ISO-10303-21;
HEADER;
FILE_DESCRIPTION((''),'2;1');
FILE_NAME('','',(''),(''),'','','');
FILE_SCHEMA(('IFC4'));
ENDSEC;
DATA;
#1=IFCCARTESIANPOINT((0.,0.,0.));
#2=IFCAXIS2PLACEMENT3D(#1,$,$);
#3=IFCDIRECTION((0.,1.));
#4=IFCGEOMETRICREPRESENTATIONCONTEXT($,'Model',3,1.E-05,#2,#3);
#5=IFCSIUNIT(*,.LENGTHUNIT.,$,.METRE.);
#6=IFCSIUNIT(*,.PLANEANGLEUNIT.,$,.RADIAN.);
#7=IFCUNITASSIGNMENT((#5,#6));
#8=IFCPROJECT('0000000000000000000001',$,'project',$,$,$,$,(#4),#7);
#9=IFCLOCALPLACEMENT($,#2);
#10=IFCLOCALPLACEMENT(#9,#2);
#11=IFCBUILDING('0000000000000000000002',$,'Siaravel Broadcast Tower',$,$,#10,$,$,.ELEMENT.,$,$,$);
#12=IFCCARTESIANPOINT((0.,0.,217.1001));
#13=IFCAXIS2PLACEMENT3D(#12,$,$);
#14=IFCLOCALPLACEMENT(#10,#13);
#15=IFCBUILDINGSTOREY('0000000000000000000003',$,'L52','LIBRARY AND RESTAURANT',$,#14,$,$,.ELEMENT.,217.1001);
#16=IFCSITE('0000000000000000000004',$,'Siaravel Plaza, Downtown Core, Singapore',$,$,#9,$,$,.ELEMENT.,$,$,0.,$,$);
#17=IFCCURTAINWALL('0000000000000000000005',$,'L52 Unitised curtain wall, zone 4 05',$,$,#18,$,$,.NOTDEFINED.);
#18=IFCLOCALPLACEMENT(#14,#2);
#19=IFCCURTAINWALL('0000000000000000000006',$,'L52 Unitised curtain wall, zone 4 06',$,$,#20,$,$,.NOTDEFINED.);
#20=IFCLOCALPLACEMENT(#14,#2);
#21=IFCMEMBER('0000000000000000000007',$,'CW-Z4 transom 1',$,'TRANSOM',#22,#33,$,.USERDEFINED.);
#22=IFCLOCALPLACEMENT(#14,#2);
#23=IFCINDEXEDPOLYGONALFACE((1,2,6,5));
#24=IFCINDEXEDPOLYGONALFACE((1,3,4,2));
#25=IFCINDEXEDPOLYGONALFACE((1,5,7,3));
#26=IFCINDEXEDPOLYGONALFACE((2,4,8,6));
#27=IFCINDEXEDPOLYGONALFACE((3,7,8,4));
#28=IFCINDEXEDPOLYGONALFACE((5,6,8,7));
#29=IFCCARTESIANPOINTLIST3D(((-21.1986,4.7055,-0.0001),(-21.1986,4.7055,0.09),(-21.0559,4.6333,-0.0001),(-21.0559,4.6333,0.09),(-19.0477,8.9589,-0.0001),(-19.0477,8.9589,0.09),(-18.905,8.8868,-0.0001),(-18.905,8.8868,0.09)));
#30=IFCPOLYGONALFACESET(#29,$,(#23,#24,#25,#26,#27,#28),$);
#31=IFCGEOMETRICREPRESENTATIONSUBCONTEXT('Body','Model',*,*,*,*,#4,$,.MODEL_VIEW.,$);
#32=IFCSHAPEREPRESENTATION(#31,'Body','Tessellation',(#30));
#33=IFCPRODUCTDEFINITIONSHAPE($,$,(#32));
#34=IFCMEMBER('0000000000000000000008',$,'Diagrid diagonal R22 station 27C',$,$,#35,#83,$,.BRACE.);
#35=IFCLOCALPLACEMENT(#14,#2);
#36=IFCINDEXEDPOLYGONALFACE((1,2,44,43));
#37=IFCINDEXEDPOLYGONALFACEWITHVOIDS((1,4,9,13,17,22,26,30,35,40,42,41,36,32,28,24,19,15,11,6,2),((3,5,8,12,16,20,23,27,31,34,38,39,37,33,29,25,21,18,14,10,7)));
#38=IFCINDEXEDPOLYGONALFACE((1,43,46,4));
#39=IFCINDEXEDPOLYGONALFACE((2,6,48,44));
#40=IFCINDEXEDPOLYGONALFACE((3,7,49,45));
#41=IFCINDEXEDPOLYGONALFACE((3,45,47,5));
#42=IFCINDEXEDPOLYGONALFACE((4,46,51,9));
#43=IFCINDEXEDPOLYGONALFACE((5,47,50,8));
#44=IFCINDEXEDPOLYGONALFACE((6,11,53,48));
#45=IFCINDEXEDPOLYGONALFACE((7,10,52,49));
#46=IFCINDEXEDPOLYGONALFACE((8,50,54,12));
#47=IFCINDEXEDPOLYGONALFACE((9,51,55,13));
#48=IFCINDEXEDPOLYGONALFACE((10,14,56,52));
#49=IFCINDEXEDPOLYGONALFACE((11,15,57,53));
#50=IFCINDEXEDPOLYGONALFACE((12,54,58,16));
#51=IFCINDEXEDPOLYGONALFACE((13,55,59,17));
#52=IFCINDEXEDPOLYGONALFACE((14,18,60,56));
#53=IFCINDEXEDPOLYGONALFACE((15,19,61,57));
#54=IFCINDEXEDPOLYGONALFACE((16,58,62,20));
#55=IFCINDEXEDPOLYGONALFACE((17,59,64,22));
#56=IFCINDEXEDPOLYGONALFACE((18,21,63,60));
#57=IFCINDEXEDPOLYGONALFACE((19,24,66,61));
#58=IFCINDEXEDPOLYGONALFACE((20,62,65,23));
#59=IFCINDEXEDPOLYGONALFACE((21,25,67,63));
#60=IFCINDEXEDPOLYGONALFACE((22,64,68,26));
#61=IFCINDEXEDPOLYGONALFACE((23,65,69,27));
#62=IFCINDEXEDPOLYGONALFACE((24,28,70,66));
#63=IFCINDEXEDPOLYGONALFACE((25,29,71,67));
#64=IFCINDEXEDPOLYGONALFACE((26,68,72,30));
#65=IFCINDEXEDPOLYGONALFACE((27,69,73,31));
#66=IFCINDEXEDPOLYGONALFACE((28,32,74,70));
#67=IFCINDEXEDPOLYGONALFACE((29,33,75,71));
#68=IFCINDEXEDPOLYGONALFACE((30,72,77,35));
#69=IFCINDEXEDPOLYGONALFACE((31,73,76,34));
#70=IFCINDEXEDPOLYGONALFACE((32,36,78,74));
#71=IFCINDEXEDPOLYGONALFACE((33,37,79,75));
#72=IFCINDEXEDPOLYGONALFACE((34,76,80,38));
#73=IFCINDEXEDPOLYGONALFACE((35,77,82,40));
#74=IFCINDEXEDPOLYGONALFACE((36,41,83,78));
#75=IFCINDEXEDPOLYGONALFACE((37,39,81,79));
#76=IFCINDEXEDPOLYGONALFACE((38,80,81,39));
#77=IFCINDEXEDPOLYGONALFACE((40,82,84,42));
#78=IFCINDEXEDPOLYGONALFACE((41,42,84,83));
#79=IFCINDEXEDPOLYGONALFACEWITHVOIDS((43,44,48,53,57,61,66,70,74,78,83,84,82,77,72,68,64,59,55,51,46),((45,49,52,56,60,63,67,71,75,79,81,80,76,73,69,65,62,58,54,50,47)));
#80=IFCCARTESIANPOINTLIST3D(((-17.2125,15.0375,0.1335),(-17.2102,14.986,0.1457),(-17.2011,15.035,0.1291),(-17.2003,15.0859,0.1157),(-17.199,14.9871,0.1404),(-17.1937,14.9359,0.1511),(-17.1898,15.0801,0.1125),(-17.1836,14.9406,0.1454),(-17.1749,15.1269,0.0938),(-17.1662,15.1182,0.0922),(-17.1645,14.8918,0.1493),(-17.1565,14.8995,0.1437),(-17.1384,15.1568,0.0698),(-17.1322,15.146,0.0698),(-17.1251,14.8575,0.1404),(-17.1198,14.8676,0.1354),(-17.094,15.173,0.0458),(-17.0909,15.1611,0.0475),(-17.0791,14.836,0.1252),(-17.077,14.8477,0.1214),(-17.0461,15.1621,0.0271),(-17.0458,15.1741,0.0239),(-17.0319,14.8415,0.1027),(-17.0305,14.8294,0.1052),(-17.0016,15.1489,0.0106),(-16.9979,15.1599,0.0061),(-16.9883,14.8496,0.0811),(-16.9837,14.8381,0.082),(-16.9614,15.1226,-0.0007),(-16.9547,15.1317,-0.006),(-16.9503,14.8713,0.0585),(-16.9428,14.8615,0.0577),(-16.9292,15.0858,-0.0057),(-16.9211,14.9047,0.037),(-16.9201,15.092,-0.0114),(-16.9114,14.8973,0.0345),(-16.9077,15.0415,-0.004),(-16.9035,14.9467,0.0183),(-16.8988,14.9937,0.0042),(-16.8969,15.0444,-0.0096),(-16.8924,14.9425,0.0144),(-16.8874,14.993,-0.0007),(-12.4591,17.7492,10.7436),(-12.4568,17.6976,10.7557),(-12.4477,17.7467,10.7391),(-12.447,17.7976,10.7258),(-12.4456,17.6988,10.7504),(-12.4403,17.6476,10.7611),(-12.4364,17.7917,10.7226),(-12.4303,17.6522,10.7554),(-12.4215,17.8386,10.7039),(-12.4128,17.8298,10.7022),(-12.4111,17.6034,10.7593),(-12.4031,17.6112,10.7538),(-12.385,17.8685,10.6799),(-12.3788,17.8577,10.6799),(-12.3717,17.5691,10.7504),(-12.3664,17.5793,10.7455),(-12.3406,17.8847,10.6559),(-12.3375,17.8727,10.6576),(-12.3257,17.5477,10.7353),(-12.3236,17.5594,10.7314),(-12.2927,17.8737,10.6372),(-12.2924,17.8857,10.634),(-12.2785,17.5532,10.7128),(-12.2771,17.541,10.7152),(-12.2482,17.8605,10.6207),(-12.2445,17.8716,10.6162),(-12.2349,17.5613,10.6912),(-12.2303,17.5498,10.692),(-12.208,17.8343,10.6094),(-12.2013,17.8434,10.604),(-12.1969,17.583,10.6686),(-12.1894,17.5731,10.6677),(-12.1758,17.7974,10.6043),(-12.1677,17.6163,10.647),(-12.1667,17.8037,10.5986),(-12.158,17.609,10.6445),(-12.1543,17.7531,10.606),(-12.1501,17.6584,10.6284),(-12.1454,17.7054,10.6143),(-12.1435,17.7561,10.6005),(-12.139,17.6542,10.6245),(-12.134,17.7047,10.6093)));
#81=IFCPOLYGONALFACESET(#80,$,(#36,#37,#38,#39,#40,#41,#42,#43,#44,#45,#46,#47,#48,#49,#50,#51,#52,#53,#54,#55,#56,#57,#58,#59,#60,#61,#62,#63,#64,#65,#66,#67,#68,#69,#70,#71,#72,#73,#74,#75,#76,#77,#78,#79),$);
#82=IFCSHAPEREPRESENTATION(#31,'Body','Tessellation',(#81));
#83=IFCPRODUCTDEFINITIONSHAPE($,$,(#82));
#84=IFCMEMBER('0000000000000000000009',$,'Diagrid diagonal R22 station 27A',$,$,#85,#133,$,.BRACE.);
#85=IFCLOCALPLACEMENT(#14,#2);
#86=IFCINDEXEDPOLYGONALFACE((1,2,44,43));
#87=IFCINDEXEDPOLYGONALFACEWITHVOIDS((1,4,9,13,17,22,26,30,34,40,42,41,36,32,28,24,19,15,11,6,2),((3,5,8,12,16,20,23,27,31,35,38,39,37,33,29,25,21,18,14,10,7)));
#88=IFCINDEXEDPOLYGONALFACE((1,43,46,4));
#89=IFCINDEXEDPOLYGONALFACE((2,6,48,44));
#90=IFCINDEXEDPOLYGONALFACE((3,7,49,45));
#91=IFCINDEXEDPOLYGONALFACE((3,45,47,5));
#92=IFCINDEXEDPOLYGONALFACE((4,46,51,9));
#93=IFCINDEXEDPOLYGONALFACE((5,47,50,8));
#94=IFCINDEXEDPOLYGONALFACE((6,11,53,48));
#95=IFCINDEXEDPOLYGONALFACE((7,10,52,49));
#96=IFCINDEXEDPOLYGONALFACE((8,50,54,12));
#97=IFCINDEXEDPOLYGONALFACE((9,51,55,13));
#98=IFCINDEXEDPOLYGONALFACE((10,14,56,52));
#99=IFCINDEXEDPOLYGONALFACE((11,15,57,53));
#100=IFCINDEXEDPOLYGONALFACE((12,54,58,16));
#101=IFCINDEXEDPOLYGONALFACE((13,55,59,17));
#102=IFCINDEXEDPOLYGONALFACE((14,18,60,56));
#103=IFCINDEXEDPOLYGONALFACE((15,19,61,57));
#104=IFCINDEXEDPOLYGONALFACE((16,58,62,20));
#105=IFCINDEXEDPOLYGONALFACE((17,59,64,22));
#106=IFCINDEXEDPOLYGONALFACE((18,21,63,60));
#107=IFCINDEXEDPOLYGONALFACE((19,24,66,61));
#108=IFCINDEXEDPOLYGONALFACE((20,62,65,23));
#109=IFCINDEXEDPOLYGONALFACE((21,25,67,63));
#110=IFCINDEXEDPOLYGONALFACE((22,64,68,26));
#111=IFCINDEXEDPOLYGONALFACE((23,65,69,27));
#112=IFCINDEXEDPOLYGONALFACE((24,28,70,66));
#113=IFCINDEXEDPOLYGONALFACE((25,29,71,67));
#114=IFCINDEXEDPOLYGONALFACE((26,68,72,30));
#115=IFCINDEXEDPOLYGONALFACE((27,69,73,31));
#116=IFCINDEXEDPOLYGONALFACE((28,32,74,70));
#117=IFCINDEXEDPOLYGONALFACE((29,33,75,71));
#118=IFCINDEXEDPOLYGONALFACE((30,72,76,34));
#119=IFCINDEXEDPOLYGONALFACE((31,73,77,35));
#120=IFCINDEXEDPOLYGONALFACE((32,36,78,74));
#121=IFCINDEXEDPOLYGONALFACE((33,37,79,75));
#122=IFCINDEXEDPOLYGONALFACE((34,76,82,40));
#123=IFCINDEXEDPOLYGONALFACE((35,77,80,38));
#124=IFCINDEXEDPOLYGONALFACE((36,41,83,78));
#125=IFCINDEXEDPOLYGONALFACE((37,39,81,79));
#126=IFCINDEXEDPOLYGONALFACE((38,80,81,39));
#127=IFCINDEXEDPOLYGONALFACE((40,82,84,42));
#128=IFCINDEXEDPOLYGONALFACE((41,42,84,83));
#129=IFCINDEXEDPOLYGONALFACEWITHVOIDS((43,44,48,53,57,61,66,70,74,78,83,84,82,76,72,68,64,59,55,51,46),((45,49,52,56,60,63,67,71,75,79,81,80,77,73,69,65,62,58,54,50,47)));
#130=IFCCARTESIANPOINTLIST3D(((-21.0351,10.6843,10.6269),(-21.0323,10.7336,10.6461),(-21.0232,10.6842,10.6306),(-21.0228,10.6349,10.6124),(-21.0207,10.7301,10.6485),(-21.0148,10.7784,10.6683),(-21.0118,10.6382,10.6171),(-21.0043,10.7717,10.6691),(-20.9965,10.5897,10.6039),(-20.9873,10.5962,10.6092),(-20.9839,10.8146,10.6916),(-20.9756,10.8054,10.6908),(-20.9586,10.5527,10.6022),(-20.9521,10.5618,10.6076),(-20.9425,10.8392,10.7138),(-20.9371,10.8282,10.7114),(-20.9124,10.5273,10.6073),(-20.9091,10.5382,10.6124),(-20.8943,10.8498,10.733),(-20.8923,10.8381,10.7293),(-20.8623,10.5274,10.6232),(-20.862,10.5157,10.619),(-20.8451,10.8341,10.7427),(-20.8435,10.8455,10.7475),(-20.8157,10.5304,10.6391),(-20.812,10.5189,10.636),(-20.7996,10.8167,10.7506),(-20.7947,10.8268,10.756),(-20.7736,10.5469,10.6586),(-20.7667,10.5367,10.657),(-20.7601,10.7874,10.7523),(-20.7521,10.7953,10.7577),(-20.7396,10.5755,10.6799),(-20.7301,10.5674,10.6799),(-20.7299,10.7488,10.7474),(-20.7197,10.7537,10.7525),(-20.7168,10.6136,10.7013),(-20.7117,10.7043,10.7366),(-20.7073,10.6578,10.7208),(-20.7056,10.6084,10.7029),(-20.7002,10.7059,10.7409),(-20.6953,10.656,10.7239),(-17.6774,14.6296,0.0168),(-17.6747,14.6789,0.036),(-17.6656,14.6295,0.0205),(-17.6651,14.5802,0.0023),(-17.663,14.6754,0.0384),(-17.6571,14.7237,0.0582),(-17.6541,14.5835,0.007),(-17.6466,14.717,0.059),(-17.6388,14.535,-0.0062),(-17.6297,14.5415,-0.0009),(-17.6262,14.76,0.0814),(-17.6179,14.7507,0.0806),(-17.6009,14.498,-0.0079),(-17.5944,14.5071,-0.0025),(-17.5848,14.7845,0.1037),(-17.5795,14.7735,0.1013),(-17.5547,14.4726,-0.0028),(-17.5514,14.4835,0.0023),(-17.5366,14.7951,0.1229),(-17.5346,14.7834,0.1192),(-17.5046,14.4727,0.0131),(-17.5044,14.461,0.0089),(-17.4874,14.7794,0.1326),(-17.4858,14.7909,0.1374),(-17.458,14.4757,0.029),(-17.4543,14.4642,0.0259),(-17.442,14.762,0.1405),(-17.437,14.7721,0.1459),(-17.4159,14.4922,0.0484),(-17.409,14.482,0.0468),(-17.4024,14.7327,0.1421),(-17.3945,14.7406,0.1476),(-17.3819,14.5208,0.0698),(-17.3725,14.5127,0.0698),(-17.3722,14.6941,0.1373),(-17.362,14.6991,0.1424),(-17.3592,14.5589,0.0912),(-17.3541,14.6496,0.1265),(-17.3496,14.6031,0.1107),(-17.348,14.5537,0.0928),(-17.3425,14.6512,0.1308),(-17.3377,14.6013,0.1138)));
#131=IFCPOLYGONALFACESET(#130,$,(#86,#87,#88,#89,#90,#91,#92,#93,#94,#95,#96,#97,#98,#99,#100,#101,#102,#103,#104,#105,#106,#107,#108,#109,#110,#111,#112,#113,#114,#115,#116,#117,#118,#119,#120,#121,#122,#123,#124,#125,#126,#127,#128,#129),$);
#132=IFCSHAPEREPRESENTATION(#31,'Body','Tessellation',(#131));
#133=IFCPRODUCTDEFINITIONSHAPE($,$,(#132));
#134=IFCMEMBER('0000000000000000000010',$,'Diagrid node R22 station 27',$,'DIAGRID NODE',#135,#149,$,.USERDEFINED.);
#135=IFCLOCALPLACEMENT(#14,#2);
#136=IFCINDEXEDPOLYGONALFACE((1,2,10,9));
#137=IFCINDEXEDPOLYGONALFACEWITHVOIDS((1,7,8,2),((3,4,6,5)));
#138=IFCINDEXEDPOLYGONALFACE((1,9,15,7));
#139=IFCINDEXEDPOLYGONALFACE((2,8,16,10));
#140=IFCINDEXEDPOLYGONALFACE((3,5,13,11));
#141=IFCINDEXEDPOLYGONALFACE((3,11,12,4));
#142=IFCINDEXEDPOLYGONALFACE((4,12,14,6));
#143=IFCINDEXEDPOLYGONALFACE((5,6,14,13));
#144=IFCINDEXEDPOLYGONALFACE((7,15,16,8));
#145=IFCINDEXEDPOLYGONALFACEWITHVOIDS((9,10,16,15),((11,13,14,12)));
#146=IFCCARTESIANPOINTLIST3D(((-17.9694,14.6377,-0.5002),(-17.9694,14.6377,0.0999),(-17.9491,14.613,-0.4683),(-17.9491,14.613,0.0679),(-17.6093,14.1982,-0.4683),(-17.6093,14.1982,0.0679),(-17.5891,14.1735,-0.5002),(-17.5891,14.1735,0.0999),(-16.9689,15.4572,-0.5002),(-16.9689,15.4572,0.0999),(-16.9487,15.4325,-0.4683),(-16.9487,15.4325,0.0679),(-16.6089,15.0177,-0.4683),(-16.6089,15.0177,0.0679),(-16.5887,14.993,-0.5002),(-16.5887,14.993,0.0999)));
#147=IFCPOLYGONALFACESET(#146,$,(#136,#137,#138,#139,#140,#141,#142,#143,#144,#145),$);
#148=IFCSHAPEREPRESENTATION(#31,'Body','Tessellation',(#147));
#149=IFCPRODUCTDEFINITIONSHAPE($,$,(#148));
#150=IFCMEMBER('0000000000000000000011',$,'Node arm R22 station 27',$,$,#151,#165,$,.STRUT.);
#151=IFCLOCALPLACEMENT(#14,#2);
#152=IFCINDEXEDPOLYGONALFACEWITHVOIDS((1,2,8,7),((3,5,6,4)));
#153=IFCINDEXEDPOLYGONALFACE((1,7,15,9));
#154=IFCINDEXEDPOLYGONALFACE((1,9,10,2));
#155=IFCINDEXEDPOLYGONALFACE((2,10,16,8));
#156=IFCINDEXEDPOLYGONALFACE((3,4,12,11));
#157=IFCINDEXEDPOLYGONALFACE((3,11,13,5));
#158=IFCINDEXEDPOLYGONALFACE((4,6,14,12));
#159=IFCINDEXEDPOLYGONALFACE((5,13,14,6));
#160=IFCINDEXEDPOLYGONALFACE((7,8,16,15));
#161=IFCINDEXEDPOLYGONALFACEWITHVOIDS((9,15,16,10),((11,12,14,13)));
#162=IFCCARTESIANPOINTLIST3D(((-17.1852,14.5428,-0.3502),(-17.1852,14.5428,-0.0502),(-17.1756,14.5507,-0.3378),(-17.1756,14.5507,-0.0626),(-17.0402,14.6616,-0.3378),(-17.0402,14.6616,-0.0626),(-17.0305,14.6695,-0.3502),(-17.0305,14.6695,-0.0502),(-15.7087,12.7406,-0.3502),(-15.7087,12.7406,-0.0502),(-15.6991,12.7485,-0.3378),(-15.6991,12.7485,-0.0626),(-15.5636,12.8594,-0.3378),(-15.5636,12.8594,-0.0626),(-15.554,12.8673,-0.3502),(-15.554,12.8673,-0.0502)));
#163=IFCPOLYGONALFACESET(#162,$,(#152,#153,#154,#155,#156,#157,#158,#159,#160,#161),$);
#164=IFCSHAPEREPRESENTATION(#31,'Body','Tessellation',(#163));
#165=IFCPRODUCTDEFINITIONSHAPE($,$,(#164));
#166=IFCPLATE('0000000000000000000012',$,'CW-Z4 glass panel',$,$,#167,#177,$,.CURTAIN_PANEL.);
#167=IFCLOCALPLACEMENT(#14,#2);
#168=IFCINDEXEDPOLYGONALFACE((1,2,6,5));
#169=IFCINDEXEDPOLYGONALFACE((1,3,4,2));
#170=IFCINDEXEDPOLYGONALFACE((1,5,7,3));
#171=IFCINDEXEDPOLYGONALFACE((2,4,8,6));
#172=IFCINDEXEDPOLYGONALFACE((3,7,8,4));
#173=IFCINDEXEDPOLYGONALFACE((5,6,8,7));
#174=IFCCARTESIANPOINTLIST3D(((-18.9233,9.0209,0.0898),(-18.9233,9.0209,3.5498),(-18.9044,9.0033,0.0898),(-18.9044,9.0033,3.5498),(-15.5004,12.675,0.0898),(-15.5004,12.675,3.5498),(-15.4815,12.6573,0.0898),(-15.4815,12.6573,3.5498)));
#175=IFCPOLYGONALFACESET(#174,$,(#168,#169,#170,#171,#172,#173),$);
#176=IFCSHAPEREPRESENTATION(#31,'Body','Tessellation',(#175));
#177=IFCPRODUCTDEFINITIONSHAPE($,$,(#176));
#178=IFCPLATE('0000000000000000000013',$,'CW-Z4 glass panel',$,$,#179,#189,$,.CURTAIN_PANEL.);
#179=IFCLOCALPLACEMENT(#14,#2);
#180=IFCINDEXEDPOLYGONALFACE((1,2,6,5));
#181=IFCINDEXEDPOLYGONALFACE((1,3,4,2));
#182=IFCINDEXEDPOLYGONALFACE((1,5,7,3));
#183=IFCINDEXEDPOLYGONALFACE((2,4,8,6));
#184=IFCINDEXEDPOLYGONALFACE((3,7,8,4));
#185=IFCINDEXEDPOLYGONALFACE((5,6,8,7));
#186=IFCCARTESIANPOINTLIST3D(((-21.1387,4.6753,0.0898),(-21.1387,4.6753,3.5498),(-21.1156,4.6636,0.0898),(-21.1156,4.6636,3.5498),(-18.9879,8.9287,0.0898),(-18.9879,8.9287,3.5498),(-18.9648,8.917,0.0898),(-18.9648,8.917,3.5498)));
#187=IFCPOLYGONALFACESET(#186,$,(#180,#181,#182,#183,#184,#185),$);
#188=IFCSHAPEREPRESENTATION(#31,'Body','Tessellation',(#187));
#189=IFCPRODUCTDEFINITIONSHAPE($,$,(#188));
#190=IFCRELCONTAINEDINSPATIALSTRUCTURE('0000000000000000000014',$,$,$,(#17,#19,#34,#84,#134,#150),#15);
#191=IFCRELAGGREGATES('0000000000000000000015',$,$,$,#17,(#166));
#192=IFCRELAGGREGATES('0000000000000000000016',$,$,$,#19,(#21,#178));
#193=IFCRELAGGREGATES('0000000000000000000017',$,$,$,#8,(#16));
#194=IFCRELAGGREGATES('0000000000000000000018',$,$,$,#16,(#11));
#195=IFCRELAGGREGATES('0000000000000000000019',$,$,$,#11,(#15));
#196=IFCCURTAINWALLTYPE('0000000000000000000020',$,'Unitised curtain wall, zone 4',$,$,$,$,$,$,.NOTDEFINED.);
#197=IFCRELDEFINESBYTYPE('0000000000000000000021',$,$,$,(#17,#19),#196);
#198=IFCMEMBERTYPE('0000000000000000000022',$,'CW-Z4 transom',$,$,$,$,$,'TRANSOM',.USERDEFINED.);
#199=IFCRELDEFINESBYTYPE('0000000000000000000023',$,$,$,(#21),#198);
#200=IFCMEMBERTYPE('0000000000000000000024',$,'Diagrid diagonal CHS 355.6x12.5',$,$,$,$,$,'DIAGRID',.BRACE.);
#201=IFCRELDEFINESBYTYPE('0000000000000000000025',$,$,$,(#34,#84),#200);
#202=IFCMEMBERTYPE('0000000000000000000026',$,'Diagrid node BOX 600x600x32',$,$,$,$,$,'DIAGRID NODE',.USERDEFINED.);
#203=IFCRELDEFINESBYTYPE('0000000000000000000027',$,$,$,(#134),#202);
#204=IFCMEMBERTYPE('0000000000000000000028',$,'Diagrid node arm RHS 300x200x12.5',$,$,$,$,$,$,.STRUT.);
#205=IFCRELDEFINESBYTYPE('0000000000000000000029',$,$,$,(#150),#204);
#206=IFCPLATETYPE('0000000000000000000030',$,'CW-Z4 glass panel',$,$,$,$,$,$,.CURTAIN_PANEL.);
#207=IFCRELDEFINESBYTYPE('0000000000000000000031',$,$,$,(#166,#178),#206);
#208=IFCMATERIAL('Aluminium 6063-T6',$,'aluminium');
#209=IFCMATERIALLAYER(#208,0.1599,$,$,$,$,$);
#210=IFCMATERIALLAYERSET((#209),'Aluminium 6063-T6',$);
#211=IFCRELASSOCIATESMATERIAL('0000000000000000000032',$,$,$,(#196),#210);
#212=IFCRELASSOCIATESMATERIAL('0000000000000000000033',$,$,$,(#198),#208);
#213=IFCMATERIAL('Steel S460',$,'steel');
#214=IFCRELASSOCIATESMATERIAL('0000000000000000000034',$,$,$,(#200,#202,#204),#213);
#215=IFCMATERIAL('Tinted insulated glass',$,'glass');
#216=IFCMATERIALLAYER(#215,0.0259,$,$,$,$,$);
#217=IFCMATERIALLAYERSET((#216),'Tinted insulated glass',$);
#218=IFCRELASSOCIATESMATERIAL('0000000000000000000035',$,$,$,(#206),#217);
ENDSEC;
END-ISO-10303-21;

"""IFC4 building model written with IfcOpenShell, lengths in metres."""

from ifc_helpers import new_model, si_unit, direction, frame, origin, origin_2d, place, context, subcontext, project, spatial, rectangle, hollow_rectangle, hollow_circle, extrude, material, layer, layer_set, material_profile, profile_set, type_object, element, aggregate, save


model = new_model("IFC4")

# Units and contexts
model_context = context("Model", 3, precision=1e-05, world=origin(), true_north=direction((0.0, 1.0)))
body_context = subcontext(model_context, "Body", "Model", "MODEL_VIEW")
ifc_project = project(units=[si_unit("LENGTHUNIT", "METRE"), si_unit("PLANEANGLEUNIT", "RADIAN")], contexts=[model_context])

# Site, building, storey
site_placement = place(None, origin())
site = spatial("IfcSite", under=ifc_project, at=site_placement, Name="Siaravel Plaza, Downtown Core, Singapore", CompositionType="ELEMENT", RefElevation=0.0)
building_placement = place(site_placement, origin())
building = spatial("IfcBuilding", under=site, at=building_placement, Name="Siaravel Broadcast Tower", CompositionType="ELEMENT")
storey_placement = place(building_placement, frame((0.0, 0.0, 217.1001)))
storey = spatial("IfcBuildingStorey", under=building, at=storey_placement, Name="L52", Description="LIBRARY AND RESTAURANT", CompositionType="ELEMENT", Elevation=217.1001)

# Curtain wall
ifc_material_1 = material(Name="Aluminium 6063-T6", Category="aluminium")
ifc_layer_1 = layer(ifc_material_1, 0.1599)
ifc_layer_set_1 = layer_set([ifc_layer_1], Name="Aluminium 6063-T6")
curtain_wall_type = type_object("IfcCurtainWallType", Name="Unitised curtain wall, zone 4", PredefinedType="NOTDEFINED", material=ifc_layer_set_1)
curtain_wall_1_placement = place(storey_placement, origin())
curtain_wall_1 = element("IfcCurtainWall", 1, at=curtain_wall_1_placement, inside=storey, type_object=curtain_wall_type, Name="L52 Unitised curtain wall, zone 4 05", PredefinedType="NOTDEFINED")

# Curtain wall
curtain_wall_2_placement = place(storey_placement, origin())
curtain_wall_2 = element("IfcCurtainWall", 2, at=curtain_wall_2_placement, inside=storey, type_object=curtain_wall_type, Name="L52 Unitised curtain wall, zone 4 06", PredefinedType="NOTDEFINED")

# Member
ifc_material_profile_1 = material_profile(ifc_material_1, rectangle(XDim=0.1599, YDim=0.0901, at=origin_2d()))
ifc_profile_set_1 = profile_set([ifc_material_profile_1], Name="Aluminium 6063-T6")
member_type_1 = type_object("IfcMemberType", Name="CW-Z4 transom", ElementType="TRANSOM", PredefinedType="USERDEFINED", material=ifc_profile_set_1)
member_1_placement = place(storey_placement, frame((-18.9763, 8.9229, 0.0449), z_axis=(-0.451266, -0.89239, 0.0), x_axis=(0.89239, -0.451266, 0.0)))
member_1 = element("IfcMember", 3, at=member_1_placement, type_object=member_type_1, Name="CW-Z4 transom 1", ObjectType="TRANSOM", PredefinedType="USERDEFINED", context=body_context, shape_type="SweptSolid", body=[
    extrude(rectangle(XDim=0.1599, YDim=0.0901, at=origin_2d()), origin(), (0.0, 0.0, 1.0), 4.7664),
])

# Members
ifc_material_2 = material(Name="Steel S460", Category="steel")
ifc_material_profile_2 = material_profile(ifc_material_2, hollow_circle(Radius=0.1777, WallThickness=0.0125, at=origin_2d()))
ifc_profile_set_2 = profile_set([ifc_material_profile_2], Name="Steel S460")
member_type_2 = type_object("IfcMemberType", Name="Diagrid diagonal CHS 355.6x12.5", ElementType="DIAGRID", PredefinedType="BRACE", material=ifc_profile_set_2)
member_2_placement = place(storey_placement, frame((-17.0503, 15.0024, 0.0698), z_axis=(0.398166, 0.227141, 0.888747), x_axis=(-0.495509, 0.868603, 0.0)))
element("IfcMember", 4, at=member_2_placement, inside=storey, type_object=member_type_2, Name="Diagrid diagonal R22 station 27C", PredefinedType="BRACE", context=body_context, shape_type="SweptSolid", body=[
    extrude(hollow_circle(Radius=0.1777, WallThickness=0.0125, at=origin_2d()), origin(), (0.0, 0.0, 1.0), 11.9382),
])
member_3_placement = place(storey_placement, frame((-17.5078, 14.6279, 0.0698), z_axis=(-0.284371, -0.33414, 0.898601), x_axis=(0.761544, -0.648113, 0.0)))
element("IfcMember", 5, at=member_3_placement, inside=storey, type_object=member_type_2, Name="Diagrid diagonal R22 station 27A", PredefinedType="BRACE", context=body_context, shape_type="SweptSolid", body=[
    extrude(hollow_circle(Radius=0.1777, WallThickness=0.0125, at=origin_2d()), origin(), (0.0, 0.0, 1.0), 11.8074),
])
ifc_material_profile_3 = material_profile(ifc_material_2, hollow_rectangle(XDim=0.6001, YDim=0.6001, WallThickness=0.032, at=origin_2d()))
ifc_profile_set_3 = profile_set([ifc_material_profile_3], Name="Steel S460")
member_type_3 = type_object("IfcMemberType", Name="Diagrid node BOX 600x600x32", ElementType="DIAGRID NODE", PredefinedType="USERDEFINED", material=ifc_profile_set_3)
member_4_placement = place(storey_placement, frame((-16.7788, 15.2251, -0.2002), z_axis=(-0.773579, -0.6337, 0.0), x_axis=(0.6337, -0.773579, 0.0)))
element("IfcMember", 6, at=member_4_placement, inside=storey, type_object=member_type_3, Name="Diagrid node R22 station 27", ObjectType="DIAGRID NODE", PredefinedType="USERDEFINED", context=body_context, shape_type="SweptSolid", body=[
    extrude(hollow_rectangle(XDim=0.6001, YDim=0.6001, WallThickness=0.032, at=origin_2d()), origin(), (0.0, 0.0, 1.0), 1.2932),
])
ifc_material_profile_4 = material_profile(ifc_material_2, hollow_rectangle(XDim=0.2, YDim=0.3, WallThickness=0.0125, at=origin_2d()))
ifc_profile_set_4 = profile_set([ifc_material_profile_4], Name="Steel S460")
member_type_4 = type_object("IfcMemberType", Name="Diagrid node arm RHS 300x200x12.5", PredefinedType="STRUT", material=ifc_profile_set_4)
member_5_placement = place(storey_placement, frame((-15.6313, 12.804, -0.2002), z_axis=(-0.633751, 0.773537, 0.0), x_axis=(-0.773537, -0.633751, 0.0)))
element("IfcMember", 7, at=member_5_placement, inside=storey, type_object=member_type_4, Name="Node arm R22 station 27", PredefinedType="STRUT", context=body_context, shape_type="SweptSolid", body=[
    extrude(hollow_rectangle(XDim=0.2, YDim=0.3, WallThickness=0.0125, at=origin_2d()), origin(), (0.0, 0.0, 1.0), 2.3298),
])

# Plates
ifc_material_3 = material(Name="Tinted insulated glass", Category="glass")
ifc_layer_2 = layer(ifc_material_3, 0.0259)
ifc_layer_set_2 = layer_set([ifc_layer_2], Name="Tinted insulated glass")
plate_type = type_object("IfcPlateType", Name="CW-Z4 glass panel", PredefinedType="CURTAIN_PANEL", material=ifc_layer_set_2)
plate_1_placement = place(storey_placement, frame((-17.2024, 10.8391, 0.0898), z_axis=(0.0, 0.0, 1.0), x_axis=(-0.683654, -0.729806, 0.0)))
plate_1 = element("IfcPlate", 8, at=plate_1_placement, type_object=plate_type, Name="CW-Z4 glass panel", PredefinedType="CURTAIN_PANEL", context=body_context, shape_type="SweptSolid", body=[
    extrude(rectangle(XDim=5.0068, YDim=0.0259, at=origin_2d()), origin(), (0.0, 0.0, 1.0), 3.46),
])
aggregate(curtain_wall_1, [plate_1])
plate_2_placement = place(storey_placement, frame((-20.0518, 6.7961, 0.0898), z_axis=(0.0, 0.0, 1.0), x_axis=(-0.45126, -0.892393, 0.0)))
plate_2 = element("IfcPlate", 9, at=plate_2_placement, type_object=plate_type, Name="CW-Z4 glass panel", PredefinedType="CURTAIN_PANEL", context=body_context, shape_type="SweptSolid", body=[
    extrude(rectangle(XDim=4.7664, YDim=0.0259, at=origin_2d()), origin(), (0.0, 0.0, 1.0), 3.46),
])
aggregate(curtain_wall_2, [member_1, plate_2])

save(model, "model.ifc")
